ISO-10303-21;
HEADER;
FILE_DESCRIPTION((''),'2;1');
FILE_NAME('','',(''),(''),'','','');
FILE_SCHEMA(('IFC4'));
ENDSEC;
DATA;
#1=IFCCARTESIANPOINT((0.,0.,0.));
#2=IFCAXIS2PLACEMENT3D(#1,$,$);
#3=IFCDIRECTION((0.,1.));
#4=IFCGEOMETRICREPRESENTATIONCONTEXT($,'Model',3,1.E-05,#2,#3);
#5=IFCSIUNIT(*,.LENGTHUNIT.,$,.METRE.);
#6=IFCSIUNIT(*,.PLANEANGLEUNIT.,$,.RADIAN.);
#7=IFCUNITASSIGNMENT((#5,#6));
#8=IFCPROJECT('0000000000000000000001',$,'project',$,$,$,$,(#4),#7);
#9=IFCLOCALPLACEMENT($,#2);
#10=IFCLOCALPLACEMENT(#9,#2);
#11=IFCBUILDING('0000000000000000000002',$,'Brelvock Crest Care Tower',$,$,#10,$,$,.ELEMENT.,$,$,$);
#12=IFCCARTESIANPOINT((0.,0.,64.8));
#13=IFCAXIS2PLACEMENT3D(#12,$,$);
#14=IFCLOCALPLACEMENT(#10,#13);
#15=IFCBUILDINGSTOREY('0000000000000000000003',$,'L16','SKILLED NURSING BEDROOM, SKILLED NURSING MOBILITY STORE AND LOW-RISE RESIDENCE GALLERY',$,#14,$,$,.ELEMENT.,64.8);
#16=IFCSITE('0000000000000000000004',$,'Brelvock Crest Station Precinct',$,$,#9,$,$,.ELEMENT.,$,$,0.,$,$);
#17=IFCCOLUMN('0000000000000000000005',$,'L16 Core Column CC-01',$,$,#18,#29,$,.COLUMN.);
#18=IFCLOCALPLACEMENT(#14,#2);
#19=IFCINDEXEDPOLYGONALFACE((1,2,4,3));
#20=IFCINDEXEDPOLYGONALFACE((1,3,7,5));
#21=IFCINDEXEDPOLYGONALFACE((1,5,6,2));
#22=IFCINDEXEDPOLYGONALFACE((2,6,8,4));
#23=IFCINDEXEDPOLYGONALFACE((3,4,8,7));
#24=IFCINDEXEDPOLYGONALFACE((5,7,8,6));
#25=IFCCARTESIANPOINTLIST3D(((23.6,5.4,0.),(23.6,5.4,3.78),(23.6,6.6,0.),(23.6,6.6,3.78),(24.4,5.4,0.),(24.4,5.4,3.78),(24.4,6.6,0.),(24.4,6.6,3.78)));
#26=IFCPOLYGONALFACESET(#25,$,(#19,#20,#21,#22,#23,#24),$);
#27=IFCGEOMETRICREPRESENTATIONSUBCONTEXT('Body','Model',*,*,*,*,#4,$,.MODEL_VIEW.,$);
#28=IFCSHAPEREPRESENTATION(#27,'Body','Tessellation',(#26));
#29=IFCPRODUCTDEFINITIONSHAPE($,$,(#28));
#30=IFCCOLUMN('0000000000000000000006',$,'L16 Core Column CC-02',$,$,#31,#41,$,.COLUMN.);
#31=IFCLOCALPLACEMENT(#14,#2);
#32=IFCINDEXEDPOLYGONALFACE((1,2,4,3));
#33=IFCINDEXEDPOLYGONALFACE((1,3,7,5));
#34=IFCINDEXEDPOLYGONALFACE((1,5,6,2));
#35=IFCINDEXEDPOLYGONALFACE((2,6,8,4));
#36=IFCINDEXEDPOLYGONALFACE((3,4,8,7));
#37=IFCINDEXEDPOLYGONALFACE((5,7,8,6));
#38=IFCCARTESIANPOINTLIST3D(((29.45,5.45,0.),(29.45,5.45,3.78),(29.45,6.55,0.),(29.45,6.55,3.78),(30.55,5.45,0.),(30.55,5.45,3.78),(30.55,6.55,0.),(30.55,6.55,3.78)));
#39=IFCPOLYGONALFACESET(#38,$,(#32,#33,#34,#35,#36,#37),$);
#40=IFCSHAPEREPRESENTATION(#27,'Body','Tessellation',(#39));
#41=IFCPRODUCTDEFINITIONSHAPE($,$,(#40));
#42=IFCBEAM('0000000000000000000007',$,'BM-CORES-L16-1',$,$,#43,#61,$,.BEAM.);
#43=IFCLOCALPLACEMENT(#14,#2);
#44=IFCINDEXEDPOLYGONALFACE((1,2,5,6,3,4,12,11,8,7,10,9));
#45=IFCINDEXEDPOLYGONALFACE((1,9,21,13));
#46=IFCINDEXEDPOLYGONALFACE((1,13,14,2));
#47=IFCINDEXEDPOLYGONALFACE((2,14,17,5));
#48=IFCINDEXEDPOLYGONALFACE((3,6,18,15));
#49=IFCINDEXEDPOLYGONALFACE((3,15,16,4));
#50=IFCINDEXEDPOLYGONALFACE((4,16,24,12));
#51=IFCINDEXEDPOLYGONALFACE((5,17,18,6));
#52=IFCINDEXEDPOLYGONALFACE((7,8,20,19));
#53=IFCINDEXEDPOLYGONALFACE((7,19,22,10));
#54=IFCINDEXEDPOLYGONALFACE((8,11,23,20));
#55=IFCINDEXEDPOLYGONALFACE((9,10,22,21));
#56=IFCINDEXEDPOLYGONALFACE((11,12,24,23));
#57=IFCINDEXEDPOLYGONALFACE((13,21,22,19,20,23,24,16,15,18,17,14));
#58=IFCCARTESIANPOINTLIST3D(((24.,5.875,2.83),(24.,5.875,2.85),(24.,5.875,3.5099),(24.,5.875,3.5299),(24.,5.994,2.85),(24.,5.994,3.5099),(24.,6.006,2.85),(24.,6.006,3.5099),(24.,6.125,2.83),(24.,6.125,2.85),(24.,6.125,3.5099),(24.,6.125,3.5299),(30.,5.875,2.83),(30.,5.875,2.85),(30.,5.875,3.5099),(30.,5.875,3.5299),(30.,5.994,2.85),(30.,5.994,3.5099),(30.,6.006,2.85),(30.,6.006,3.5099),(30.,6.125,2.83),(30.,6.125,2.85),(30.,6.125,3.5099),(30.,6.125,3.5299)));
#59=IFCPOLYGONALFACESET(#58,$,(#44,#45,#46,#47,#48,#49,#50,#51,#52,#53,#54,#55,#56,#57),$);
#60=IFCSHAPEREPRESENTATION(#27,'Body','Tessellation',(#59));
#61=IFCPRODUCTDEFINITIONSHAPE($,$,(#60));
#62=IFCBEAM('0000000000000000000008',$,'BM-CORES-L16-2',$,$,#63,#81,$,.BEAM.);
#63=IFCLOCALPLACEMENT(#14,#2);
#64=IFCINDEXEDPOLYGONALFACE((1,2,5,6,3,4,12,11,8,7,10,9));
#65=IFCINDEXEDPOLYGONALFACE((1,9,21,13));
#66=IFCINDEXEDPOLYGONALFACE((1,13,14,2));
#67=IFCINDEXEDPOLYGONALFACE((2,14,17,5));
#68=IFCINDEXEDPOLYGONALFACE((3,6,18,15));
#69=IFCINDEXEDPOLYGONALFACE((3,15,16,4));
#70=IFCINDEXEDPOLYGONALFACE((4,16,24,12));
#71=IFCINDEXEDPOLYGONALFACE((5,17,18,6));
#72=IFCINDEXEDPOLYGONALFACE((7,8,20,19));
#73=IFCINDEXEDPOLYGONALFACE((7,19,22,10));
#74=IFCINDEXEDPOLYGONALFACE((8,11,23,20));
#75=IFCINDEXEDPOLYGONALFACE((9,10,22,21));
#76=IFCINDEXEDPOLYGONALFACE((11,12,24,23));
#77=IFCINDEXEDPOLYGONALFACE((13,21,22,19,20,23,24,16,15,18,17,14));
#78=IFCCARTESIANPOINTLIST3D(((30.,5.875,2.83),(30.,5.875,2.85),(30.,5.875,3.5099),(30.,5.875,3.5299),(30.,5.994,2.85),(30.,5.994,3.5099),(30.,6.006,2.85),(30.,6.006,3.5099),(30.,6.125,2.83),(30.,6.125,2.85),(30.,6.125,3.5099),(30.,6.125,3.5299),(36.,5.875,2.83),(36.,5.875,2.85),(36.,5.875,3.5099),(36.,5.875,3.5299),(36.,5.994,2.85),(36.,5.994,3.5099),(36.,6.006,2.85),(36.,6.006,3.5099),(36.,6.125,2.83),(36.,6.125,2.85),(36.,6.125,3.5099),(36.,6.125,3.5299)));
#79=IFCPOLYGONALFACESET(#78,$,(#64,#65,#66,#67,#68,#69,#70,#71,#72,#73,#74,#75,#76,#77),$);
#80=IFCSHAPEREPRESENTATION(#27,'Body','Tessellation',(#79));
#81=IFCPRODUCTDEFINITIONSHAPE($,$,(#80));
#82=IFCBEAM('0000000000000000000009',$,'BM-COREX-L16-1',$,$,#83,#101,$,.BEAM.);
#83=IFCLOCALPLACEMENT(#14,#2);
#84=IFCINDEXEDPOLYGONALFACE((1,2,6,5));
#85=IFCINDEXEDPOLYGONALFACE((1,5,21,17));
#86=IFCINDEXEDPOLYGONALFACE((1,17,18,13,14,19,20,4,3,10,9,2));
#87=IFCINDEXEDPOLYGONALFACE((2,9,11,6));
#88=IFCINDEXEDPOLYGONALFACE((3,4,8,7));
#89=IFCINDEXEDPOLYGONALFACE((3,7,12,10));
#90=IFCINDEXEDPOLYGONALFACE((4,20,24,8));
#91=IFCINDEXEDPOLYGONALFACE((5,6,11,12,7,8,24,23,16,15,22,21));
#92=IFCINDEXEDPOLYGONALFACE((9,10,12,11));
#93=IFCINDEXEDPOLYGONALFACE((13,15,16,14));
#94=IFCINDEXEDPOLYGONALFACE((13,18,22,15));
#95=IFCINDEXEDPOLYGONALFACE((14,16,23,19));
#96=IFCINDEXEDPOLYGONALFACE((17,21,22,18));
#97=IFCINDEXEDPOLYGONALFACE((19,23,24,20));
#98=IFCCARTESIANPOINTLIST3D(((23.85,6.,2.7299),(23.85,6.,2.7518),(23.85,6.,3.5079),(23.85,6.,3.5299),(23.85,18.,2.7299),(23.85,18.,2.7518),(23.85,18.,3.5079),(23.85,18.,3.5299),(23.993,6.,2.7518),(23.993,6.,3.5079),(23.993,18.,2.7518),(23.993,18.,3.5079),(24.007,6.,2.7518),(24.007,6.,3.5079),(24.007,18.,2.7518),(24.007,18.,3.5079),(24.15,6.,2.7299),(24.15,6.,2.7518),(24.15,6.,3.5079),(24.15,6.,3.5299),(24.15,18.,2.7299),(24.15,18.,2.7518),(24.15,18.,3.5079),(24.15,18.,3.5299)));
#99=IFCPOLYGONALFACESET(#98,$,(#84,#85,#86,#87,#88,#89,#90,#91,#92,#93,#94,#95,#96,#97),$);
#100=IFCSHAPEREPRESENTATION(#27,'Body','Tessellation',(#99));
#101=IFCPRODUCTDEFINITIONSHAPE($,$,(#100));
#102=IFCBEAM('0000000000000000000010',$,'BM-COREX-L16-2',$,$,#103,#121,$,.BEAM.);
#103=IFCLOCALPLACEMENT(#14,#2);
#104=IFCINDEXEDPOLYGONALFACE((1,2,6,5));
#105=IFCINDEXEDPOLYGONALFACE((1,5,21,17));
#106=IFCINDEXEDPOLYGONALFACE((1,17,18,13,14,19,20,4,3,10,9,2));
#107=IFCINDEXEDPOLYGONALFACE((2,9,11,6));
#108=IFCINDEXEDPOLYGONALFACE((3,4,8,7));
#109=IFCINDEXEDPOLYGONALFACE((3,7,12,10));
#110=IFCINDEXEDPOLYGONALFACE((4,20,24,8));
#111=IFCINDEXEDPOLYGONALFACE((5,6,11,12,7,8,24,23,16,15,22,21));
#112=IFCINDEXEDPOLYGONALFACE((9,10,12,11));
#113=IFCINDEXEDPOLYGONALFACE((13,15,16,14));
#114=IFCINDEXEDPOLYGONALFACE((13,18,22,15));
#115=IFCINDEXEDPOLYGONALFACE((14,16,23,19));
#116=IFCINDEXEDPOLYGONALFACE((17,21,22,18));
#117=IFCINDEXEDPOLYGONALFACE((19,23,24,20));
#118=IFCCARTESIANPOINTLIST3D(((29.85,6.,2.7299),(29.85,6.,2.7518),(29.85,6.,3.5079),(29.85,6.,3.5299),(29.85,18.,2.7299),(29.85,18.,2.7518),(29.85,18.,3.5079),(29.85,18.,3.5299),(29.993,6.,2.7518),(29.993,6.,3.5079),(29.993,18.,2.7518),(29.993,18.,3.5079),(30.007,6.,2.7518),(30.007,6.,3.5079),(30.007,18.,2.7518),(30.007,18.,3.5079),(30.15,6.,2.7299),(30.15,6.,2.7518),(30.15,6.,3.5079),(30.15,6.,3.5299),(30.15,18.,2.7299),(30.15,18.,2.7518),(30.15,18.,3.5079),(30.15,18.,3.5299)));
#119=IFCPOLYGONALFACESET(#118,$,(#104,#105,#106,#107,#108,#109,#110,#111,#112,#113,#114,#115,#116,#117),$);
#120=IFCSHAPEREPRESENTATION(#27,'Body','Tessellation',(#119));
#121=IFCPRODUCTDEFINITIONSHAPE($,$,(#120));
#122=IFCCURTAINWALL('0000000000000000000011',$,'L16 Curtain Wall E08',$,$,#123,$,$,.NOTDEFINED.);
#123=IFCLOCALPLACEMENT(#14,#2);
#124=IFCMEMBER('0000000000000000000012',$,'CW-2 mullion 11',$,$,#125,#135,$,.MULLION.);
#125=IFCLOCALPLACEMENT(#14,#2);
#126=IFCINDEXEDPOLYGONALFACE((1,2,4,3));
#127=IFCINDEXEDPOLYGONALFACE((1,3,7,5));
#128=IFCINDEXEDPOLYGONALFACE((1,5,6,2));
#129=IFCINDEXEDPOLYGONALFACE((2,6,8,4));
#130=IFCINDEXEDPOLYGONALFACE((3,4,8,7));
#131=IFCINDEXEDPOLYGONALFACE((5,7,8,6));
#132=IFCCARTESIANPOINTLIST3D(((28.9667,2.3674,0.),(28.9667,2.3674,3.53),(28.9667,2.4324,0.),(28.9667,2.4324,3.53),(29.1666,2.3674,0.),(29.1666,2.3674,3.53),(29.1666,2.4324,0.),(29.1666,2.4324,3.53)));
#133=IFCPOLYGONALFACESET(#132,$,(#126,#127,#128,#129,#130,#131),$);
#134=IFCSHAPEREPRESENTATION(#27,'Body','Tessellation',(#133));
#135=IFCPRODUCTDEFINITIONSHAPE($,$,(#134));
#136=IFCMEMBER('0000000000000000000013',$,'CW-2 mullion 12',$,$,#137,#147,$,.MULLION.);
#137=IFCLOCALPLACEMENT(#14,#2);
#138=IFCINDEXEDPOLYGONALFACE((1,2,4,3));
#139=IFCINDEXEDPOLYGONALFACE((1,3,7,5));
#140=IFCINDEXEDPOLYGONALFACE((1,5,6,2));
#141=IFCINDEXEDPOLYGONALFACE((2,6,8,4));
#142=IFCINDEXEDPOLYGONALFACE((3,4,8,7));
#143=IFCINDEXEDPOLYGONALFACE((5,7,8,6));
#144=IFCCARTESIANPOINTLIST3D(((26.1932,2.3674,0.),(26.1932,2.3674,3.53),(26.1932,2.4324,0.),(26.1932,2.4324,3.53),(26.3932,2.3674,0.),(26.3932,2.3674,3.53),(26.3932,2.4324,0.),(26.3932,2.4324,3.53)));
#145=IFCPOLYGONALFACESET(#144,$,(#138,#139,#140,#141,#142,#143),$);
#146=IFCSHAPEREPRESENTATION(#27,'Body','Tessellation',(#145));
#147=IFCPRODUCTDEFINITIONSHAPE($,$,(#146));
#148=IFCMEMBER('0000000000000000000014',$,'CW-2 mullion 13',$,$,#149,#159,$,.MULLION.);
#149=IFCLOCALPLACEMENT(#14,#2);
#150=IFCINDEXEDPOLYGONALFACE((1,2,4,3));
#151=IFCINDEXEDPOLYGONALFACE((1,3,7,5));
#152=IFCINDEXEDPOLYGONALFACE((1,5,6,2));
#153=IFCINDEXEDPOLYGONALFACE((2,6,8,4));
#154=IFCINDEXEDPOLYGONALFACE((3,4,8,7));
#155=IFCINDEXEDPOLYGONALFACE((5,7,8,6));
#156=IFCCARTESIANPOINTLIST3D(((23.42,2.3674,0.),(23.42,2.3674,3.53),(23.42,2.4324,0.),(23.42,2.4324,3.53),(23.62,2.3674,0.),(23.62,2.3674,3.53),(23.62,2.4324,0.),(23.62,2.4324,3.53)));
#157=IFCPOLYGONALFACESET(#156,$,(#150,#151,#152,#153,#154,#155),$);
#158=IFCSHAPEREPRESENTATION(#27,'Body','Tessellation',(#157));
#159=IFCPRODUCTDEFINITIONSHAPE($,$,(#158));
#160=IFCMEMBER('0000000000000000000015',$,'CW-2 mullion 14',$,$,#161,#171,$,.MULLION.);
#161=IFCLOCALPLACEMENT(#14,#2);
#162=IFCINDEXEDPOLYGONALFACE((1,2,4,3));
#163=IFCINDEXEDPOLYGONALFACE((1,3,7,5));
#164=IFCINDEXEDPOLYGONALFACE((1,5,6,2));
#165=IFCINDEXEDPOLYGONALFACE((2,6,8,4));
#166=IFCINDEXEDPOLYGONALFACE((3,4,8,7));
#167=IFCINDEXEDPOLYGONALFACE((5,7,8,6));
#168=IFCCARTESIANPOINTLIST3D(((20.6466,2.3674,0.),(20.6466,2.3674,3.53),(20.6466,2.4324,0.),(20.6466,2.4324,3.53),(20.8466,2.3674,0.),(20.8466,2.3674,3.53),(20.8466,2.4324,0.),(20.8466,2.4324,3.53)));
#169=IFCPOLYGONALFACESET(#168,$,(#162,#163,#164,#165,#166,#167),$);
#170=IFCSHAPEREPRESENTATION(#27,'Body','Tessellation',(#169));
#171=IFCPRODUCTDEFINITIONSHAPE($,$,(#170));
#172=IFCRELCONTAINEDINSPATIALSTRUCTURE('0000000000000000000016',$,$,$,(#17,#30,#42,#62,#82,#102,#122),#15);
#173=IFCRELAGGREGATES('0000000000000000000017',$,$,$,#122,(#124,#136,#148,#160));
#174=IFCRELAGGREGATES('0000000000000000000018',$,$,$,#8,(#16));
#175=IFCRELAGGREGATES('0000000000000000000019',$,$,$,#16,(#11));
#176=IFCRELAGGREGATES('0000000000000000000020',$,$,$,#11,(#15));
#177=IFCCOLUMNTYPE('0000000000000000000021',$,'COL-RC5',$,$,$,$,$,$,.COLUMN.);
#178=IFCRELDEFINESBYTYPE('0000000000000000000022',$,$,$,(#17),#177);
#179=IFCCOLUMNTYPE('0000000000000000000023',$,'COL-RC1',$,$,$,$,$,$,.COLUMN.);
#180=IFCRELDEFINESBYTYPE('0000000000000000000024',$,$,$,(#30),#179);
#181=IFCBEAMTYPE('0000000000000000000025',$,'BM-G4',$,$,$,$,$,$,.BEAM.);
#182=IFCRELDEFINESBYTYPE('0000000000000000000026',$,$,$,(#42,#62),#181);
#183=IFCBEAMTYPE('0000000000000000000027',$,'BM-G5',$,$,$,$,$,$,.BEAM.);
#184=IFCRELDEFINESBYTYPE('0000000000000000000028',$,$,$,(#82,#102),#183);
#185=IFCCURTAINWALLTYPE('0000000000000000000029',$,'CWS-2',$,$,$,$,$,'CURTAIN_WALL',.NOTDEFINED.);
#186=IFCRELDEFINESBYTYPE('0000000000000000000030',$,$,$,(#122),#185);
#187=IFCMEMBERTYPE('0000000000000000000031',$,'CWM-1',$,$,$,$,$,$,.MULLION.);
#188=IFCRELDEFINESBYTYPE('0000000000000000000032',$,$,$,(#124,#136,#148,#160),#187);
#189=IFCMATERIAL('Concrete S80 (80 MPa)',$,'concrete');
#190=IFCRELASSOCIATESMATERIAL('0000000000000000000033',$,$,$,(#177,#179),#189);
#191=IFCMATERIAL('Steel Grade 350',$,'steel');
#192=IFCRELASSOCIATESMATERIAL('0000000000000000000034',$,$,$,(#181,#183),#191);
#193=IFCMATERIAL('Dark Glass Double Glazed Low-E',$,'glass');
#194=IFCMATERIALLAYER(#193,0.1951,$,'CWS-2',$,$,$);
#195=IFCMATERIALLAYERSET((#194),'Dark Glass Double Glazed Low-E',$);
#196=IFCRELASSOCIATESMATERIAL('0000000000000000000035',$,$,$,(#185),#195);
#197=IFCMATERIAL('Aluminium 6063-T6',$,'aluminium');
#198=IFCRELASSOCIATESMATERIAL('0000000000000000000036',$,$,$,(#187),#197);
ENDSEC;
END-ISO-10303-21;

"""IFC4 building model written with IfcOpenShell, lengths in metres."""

from ifc_helpers import new_model, si_unit, direction, frame, origin, origin_2d, place, context, subcontext, project, spatial, rectangle, i_section, extrude, source, transform, mapped, material, layer, layer_set, material_profile, profile_set, type_object, element, aggregate, save


model = new_model("IFC4")

# Units and contexts
model_context = context("Model", 3, precision=1e-05, world=origin(), true_north=direction((0.0, 1.0)))
body_context = subcontext(model_context, "Body", "Model", "MODEL_VIEW")
ifc_project = project(units=[si_unit("LENGTHUNIT", "METRE"), si_unit("PLANEANGLEUNIT", "RADIAN")], contexts=[model_context])

# Site, building, storey
site_placement = place(None, origin())
site = spatial("IfcSite", under=ifc_project, at=site_placement, Name="Brelvock Crest Station Precinct", CompositionType="ELEMENT", RefElevation=0.0)
building_placement = place(site_placement, origin())
building = spatial("IfcBuilding", under=site, at=building_placement, Name="Brelvock Crest Care Tower", CompositionType="ELEMENT")
storey_placement = place(building_placement, frame((0.0, 0.0, 64.8)))
storey = spatial("IfcBuildingStorey", under=building, at=storey_placement, Name="L16", Description="SKILLED NURSING BEDROOM, SKILLED NURSING MOBILITY STORE AND LOW-RISE RESIDENCE GALLERY", CompositionType="ELEMENT", Elevation=64.8)

# Columns
ifc_material_1 = material(Name="Concrete S80 (80 MPa)", Category="concrete")
ifc_material_profile_1 = material_profile(ifc_material_1, rectangle(XDim=0.8, YDim=1.2, at=origin_2d()), Name="RC800x1200")
ifc_profile_set_1 = profile_set([ifc_material_profile_1], Name="Concrete S80 (80 MPa)")
column_type_1 = type_object("IfcColumnType", Name="COL-RC5", PredefinedType="COLUMN", material=ifc_profile_set_1)
shared_shape_1 = source(origin(), body_context, "Body", "SweptSolid", [
    extrude(rectangle(XDim=0.8, YDim=1.2, at=origin_2d()), origin(), (0.0, 0.0, 1.0), 3.78),
])
column_1_placement = place(storey_placement, frame((24.0, 6.0, 0.0), z_axis=(0.0, 0.0, 1.0), x_axis=(1.0, 0.0, 0.0)))
element("IfcColumn", 1, at=column_1_placement, inside=storey, type_object=column_type_1, Name="L16 Core Column CC-01", PredefinedType="COLUMN", context=body_context, shape_type="MappedRepresentation", body=[
    mapped(shared_shape_1, transform((0.0, 0.0, 0.0), x_axis=(1.0, 0.0, 0.0), y_axis=(0.0, 1.0, 0.0), z_axis=(0.0, 0.0, 1.0), scale=1.0)),
])
ifc_material_profile_2 = material_profile(ifc_material_1, rectangle(XDim=1.1001, YDim=1.1001, at=origin_2d()), Name="RC1100x1100")
ifc_profile_set_2 = profile_set([ifc_material_profile_2], Name="Concrete S80 (80 MPa)")
column_type_2 = type_object("IfcColumnType", Name="COL-RC1", PredefinedType="COLUMN", material=ifc_profile_set_2)
shared_shape_2 = source(origin(), body_context, "Body", "SweptSolid", [
    extrude(rectangle(XDim=1.1001, YDim=1.1001, at=origin_2d()), origin(), (0.0, 0.0, 1.0), 3.78),
])
column_2_placement = place(storey_placement, frame((30.0, 6.0, 0.0), z_axis=(0.0, 0.0, 1.0), x_axis=(1.0, 0.0, 0.0)))
element("IfcColumn", 2, at=column_2_placement, inside=storey, type_object=column_type_2, Name="L16 Core Column CC-02", PredefinedType="COLUMN", context=body_context, shape_type="MappedRepresentation", body=[
    mapped(shared_shape_2, transform((0.0, 0.0, 0.0), x_axis=(1.0, 0.0, 0.0), y_axis=(0.0, 1.0, 0.0), z_axis=(0.0, 0.0, 1.0), scale=1.0)),
])

# Beams
ifc_material_2 = material(Name="Steel Grade 350", Category="steel")
ifc_material_profile_3 = material_profile(ifc_material_2, i_section(OverallWidth=0.25, OverallDepth=0.7, WebThickness=0.012, FlangeThickness=0.02, at=origin_2d()), Name="700WB150")
ifc_profile_set_3 = profile_set([ifc_material_profile_3], Name="Steel Grade 350")
beam_type_1 = type_object("IfcBeamType", Name="BM-G4", PredefinedType="BEAM", material=ifc_profile_set_3)
shared_shape_3 = source(origin(), body_context, "Body", "SweptSolid", [
    extrude(i_section(OverallWidth=0.25, OverallDepth=0.7, WebThickness=0.012, FlangeThickness=0.02, at=origin_2d()), origin(), (0.0, 0.0, 1.0), 6.0),
])
for number, where, z_axis, x_axis, name in (
    (3, (24.0, 6.0, 3.1799), (1.0, 0.0, 0.0), (0.0, 1.0, 0.0), "BM-CORES-L16-1"),
    (4, (30.0, 6.0, 3.1799), (1.0, 0.0, 0.0), (0.0, 1.0, 0.0), "BM-CORES-L16-2"),
):
    element("IfcBeam", number, at=place(storey_placement, frame(where, z_axis=z_axis, x_axis=x_axis)), inside=storey, type_object=beam_type_1, Name=name, PredefinedType="BEAM", context=body_context, shape_type="MappedRepresentation", body=[
        mapped(shared_shape_3, transform((0.0, 0.0, 0.0), x_axis=(1.0, 0.0, 0.0), y_axis=(0.0, 1.0, 0.0), z_axis=(0.0, 0.0, 1.0), scale=1.0)),
    ])
ifc_material_profile_4 = material_profile(ifc_material_2, i_section(OverallWidth=0.3, OverallDepth=0.8, WebThickness=0.0139, FlangeThickness=0.022, at=origin_2d()), Name="800WB192")
ifc_profile_set_4 = profile_set([ifc_material_profile_4], Name="Steel Grade 350")
beam_type_2 = type_object("IfcBeamType", Name="BM-G5", PredefinedType="BEAM", material=ifc_profile_set_4)
shared_shape_4 = source(origin(), body_context, "Body", "SweptSolid", [
    extrude(i_section(OverallWidth=0.3, OverallDepth=0.8, WebThickness=0.0139, FlangeThickness=0.022, at=origin_2d()), origin(), (0.0, 0.0, 1.0), 12.0),
])
for number, where, z_axis, x_axis, name in (
    (5, (24.0, 6.0, 3.1299), (0.0, 1.0, 0.0), (-1.0, 0.0, 0.0), "BM-COREX-L16-1"),
    (6, (30.0, 6.0, 3.1299), (0.0, 1.0, 0.0), (-1.0, 0.0, 0.0), "BM-COREX-L16-2"),
):
    element("IfcBeam", number, at=place(storey_placement, frame(where, z_axis=z_axis, x_axis=x_axis)), inside=storey, type_object=beam_type_2, Name=name, PredefinedType="BEAM", context=body_context, shape_type="MappedRepresentation", body=[
        mapped(shared_shape_4, transform((0.0, 0.0, 0.0), x_axis=(1.0, 0.0, 0.0), y_axis=(0.0, 1.0, 0.0), z_axis=(0.0, 0.0, 1.0), scale=1.0)),
    ])

# Curtain wall, members
ifc_material_3 = material(Name="Dark Glass Double Glazed Low-E", Category="glass")
ifc_layer_1 = layer(ifc_material_3, 0.1951, Name="CWS-2")
ifc_layer_set_1 = layer_set([ifc_layer_1], Name="Dark Glass Double Glazed Low-E")
curtain_wall_type = type_object("IfcCurtainWallType", Name="CWS-2", ElementType="CURTAIN_WALL", PredefinedType="NOTDEFINED", material=ifc_layer_set_1)
curtain_wall_placement = place(storey_placement, origin())
curtain_wall = element("IfcCurtainWall", 7, at=curtain_wall_placement, inside=storey, type_object=curtain_wall_type, Name="L16 Curtain Wall E08", PredefinedType="NOTDEFINED")
ifc_material_4 = material(Name="Aluminium 6063-T6", Category="aluminium")
ifc_material_profile_5 = material_profile(ifc_material_4, rectangle(XDim=0.0649, YDim=0.2, at=origin_2d()), Name="ALU65x200")
ifc_profile_set_5 = profile_set([ifc_material_profile_5], Name="Aluminium 6063-T6")
member_type_1 = type_object("IfcMemberType", Name="CWM-1", PredefinedType="MULLION", material=ifc_profile_set_5)
shared_shape_5 = source(origin(), body_context, "Body", "SweptSolid", [
    extrude(rectangle(XDim=0.0649, YDim=0.2, at=origin_2d()), origin(), (0.0, 0.0, 1.0), 3.53),
])
member_1_placement = place(storey_placement, frame((29.0667, 2.3999, 0.0), z_axis=(0.0, 0.0, 1.0), x_axis=(0.0, -1.0, 0.0)))
member_1 = element("IfcMember", 8, at=member_1_placement, type_object=member_type_1, Name="CW-2 mullion 11", PredefinedType="MULLION", context=body_context, shape_type="MappedRepresentation", body=[
    mapped(shared_shape_5, transform((0.0, 0.0, 0.0), x_axis=(1.0, 0.0, 0.0), y_axis=(0.0, 1.0, 0.0), z_axis=(0.0, 0.0, 1.0), scale=1.0)),
])
member_2_placement = place(storey_placement, frame((26.2932, 2.3999, 0.0), z_axis=(0.0, 0.0, 1.0), x_axis=(0.0, -1.0, 0.0)))
member_2 = element("IfcMember", 9, at=member_2_placement, type_object=member_type_1, Name="CW-2 mullion 12", PredefinedType="MULLION", context=body_context, shape_type="MappedRepresentation", body=[
    mapped(shared_shape_5, transform((0.0, 0.0, 0.0), x_axis=(1.0, 0.0, 0.0), y_axis=(0.0, 1.0, 0.0), z_axis=(0.0, 0.0, 1.0), scale=1.0)),
])
member_3_placement = place(storey_placement, frame((23.52, 2.3999, 0.0), z_axis=(0.0, 0.0, 1.0), x_axis=(0.0, -1.0, 0.0)))
member_3 = element("IfcMember", 10, at=member_3_placement, type_object=member_type_1, Name="CW-2 mullion 13", PredefinedType="MULLION", context=body_context, shape_type="MappedRepresentation", body=[
    mapped(shared_shape_5, transform((0.0, 0.0, 0.0), x_axis=(1.0, 0.0, 0.0), y_axis=(0.0, 1.0, 0.0), z_axis=(0.0, 0.0, 1.0), scale=1.0)),
])
member_4_placement = place(storey_placement, frame((20.7466, 2.3999, 0.0), z_axis=(0.0, 0.0, 1.0), x_axis=(0.0, -1.0, 0.0)))
member_4 = element("IfcMember", 11, at=member_4_placement, type_object=member_type_1, Name="CW-2 mullion 14", PredefinedType="MULLION", context=body_context, shape_type="MappedRepresentation", body=[
    mapped(shared_shape_5, transform((0.0, 0.0, 0.0), x_axis=(1.0, 0.0, 0.0), y_axis=(0.0, 1.0, 0.0), z_axis=(0.0, 0.0, 1.0), scale=1.0)),
])
aggregate(curtain_wall, [member_1, member_2, member_3, member_4])

save(model, "model.ifc")
